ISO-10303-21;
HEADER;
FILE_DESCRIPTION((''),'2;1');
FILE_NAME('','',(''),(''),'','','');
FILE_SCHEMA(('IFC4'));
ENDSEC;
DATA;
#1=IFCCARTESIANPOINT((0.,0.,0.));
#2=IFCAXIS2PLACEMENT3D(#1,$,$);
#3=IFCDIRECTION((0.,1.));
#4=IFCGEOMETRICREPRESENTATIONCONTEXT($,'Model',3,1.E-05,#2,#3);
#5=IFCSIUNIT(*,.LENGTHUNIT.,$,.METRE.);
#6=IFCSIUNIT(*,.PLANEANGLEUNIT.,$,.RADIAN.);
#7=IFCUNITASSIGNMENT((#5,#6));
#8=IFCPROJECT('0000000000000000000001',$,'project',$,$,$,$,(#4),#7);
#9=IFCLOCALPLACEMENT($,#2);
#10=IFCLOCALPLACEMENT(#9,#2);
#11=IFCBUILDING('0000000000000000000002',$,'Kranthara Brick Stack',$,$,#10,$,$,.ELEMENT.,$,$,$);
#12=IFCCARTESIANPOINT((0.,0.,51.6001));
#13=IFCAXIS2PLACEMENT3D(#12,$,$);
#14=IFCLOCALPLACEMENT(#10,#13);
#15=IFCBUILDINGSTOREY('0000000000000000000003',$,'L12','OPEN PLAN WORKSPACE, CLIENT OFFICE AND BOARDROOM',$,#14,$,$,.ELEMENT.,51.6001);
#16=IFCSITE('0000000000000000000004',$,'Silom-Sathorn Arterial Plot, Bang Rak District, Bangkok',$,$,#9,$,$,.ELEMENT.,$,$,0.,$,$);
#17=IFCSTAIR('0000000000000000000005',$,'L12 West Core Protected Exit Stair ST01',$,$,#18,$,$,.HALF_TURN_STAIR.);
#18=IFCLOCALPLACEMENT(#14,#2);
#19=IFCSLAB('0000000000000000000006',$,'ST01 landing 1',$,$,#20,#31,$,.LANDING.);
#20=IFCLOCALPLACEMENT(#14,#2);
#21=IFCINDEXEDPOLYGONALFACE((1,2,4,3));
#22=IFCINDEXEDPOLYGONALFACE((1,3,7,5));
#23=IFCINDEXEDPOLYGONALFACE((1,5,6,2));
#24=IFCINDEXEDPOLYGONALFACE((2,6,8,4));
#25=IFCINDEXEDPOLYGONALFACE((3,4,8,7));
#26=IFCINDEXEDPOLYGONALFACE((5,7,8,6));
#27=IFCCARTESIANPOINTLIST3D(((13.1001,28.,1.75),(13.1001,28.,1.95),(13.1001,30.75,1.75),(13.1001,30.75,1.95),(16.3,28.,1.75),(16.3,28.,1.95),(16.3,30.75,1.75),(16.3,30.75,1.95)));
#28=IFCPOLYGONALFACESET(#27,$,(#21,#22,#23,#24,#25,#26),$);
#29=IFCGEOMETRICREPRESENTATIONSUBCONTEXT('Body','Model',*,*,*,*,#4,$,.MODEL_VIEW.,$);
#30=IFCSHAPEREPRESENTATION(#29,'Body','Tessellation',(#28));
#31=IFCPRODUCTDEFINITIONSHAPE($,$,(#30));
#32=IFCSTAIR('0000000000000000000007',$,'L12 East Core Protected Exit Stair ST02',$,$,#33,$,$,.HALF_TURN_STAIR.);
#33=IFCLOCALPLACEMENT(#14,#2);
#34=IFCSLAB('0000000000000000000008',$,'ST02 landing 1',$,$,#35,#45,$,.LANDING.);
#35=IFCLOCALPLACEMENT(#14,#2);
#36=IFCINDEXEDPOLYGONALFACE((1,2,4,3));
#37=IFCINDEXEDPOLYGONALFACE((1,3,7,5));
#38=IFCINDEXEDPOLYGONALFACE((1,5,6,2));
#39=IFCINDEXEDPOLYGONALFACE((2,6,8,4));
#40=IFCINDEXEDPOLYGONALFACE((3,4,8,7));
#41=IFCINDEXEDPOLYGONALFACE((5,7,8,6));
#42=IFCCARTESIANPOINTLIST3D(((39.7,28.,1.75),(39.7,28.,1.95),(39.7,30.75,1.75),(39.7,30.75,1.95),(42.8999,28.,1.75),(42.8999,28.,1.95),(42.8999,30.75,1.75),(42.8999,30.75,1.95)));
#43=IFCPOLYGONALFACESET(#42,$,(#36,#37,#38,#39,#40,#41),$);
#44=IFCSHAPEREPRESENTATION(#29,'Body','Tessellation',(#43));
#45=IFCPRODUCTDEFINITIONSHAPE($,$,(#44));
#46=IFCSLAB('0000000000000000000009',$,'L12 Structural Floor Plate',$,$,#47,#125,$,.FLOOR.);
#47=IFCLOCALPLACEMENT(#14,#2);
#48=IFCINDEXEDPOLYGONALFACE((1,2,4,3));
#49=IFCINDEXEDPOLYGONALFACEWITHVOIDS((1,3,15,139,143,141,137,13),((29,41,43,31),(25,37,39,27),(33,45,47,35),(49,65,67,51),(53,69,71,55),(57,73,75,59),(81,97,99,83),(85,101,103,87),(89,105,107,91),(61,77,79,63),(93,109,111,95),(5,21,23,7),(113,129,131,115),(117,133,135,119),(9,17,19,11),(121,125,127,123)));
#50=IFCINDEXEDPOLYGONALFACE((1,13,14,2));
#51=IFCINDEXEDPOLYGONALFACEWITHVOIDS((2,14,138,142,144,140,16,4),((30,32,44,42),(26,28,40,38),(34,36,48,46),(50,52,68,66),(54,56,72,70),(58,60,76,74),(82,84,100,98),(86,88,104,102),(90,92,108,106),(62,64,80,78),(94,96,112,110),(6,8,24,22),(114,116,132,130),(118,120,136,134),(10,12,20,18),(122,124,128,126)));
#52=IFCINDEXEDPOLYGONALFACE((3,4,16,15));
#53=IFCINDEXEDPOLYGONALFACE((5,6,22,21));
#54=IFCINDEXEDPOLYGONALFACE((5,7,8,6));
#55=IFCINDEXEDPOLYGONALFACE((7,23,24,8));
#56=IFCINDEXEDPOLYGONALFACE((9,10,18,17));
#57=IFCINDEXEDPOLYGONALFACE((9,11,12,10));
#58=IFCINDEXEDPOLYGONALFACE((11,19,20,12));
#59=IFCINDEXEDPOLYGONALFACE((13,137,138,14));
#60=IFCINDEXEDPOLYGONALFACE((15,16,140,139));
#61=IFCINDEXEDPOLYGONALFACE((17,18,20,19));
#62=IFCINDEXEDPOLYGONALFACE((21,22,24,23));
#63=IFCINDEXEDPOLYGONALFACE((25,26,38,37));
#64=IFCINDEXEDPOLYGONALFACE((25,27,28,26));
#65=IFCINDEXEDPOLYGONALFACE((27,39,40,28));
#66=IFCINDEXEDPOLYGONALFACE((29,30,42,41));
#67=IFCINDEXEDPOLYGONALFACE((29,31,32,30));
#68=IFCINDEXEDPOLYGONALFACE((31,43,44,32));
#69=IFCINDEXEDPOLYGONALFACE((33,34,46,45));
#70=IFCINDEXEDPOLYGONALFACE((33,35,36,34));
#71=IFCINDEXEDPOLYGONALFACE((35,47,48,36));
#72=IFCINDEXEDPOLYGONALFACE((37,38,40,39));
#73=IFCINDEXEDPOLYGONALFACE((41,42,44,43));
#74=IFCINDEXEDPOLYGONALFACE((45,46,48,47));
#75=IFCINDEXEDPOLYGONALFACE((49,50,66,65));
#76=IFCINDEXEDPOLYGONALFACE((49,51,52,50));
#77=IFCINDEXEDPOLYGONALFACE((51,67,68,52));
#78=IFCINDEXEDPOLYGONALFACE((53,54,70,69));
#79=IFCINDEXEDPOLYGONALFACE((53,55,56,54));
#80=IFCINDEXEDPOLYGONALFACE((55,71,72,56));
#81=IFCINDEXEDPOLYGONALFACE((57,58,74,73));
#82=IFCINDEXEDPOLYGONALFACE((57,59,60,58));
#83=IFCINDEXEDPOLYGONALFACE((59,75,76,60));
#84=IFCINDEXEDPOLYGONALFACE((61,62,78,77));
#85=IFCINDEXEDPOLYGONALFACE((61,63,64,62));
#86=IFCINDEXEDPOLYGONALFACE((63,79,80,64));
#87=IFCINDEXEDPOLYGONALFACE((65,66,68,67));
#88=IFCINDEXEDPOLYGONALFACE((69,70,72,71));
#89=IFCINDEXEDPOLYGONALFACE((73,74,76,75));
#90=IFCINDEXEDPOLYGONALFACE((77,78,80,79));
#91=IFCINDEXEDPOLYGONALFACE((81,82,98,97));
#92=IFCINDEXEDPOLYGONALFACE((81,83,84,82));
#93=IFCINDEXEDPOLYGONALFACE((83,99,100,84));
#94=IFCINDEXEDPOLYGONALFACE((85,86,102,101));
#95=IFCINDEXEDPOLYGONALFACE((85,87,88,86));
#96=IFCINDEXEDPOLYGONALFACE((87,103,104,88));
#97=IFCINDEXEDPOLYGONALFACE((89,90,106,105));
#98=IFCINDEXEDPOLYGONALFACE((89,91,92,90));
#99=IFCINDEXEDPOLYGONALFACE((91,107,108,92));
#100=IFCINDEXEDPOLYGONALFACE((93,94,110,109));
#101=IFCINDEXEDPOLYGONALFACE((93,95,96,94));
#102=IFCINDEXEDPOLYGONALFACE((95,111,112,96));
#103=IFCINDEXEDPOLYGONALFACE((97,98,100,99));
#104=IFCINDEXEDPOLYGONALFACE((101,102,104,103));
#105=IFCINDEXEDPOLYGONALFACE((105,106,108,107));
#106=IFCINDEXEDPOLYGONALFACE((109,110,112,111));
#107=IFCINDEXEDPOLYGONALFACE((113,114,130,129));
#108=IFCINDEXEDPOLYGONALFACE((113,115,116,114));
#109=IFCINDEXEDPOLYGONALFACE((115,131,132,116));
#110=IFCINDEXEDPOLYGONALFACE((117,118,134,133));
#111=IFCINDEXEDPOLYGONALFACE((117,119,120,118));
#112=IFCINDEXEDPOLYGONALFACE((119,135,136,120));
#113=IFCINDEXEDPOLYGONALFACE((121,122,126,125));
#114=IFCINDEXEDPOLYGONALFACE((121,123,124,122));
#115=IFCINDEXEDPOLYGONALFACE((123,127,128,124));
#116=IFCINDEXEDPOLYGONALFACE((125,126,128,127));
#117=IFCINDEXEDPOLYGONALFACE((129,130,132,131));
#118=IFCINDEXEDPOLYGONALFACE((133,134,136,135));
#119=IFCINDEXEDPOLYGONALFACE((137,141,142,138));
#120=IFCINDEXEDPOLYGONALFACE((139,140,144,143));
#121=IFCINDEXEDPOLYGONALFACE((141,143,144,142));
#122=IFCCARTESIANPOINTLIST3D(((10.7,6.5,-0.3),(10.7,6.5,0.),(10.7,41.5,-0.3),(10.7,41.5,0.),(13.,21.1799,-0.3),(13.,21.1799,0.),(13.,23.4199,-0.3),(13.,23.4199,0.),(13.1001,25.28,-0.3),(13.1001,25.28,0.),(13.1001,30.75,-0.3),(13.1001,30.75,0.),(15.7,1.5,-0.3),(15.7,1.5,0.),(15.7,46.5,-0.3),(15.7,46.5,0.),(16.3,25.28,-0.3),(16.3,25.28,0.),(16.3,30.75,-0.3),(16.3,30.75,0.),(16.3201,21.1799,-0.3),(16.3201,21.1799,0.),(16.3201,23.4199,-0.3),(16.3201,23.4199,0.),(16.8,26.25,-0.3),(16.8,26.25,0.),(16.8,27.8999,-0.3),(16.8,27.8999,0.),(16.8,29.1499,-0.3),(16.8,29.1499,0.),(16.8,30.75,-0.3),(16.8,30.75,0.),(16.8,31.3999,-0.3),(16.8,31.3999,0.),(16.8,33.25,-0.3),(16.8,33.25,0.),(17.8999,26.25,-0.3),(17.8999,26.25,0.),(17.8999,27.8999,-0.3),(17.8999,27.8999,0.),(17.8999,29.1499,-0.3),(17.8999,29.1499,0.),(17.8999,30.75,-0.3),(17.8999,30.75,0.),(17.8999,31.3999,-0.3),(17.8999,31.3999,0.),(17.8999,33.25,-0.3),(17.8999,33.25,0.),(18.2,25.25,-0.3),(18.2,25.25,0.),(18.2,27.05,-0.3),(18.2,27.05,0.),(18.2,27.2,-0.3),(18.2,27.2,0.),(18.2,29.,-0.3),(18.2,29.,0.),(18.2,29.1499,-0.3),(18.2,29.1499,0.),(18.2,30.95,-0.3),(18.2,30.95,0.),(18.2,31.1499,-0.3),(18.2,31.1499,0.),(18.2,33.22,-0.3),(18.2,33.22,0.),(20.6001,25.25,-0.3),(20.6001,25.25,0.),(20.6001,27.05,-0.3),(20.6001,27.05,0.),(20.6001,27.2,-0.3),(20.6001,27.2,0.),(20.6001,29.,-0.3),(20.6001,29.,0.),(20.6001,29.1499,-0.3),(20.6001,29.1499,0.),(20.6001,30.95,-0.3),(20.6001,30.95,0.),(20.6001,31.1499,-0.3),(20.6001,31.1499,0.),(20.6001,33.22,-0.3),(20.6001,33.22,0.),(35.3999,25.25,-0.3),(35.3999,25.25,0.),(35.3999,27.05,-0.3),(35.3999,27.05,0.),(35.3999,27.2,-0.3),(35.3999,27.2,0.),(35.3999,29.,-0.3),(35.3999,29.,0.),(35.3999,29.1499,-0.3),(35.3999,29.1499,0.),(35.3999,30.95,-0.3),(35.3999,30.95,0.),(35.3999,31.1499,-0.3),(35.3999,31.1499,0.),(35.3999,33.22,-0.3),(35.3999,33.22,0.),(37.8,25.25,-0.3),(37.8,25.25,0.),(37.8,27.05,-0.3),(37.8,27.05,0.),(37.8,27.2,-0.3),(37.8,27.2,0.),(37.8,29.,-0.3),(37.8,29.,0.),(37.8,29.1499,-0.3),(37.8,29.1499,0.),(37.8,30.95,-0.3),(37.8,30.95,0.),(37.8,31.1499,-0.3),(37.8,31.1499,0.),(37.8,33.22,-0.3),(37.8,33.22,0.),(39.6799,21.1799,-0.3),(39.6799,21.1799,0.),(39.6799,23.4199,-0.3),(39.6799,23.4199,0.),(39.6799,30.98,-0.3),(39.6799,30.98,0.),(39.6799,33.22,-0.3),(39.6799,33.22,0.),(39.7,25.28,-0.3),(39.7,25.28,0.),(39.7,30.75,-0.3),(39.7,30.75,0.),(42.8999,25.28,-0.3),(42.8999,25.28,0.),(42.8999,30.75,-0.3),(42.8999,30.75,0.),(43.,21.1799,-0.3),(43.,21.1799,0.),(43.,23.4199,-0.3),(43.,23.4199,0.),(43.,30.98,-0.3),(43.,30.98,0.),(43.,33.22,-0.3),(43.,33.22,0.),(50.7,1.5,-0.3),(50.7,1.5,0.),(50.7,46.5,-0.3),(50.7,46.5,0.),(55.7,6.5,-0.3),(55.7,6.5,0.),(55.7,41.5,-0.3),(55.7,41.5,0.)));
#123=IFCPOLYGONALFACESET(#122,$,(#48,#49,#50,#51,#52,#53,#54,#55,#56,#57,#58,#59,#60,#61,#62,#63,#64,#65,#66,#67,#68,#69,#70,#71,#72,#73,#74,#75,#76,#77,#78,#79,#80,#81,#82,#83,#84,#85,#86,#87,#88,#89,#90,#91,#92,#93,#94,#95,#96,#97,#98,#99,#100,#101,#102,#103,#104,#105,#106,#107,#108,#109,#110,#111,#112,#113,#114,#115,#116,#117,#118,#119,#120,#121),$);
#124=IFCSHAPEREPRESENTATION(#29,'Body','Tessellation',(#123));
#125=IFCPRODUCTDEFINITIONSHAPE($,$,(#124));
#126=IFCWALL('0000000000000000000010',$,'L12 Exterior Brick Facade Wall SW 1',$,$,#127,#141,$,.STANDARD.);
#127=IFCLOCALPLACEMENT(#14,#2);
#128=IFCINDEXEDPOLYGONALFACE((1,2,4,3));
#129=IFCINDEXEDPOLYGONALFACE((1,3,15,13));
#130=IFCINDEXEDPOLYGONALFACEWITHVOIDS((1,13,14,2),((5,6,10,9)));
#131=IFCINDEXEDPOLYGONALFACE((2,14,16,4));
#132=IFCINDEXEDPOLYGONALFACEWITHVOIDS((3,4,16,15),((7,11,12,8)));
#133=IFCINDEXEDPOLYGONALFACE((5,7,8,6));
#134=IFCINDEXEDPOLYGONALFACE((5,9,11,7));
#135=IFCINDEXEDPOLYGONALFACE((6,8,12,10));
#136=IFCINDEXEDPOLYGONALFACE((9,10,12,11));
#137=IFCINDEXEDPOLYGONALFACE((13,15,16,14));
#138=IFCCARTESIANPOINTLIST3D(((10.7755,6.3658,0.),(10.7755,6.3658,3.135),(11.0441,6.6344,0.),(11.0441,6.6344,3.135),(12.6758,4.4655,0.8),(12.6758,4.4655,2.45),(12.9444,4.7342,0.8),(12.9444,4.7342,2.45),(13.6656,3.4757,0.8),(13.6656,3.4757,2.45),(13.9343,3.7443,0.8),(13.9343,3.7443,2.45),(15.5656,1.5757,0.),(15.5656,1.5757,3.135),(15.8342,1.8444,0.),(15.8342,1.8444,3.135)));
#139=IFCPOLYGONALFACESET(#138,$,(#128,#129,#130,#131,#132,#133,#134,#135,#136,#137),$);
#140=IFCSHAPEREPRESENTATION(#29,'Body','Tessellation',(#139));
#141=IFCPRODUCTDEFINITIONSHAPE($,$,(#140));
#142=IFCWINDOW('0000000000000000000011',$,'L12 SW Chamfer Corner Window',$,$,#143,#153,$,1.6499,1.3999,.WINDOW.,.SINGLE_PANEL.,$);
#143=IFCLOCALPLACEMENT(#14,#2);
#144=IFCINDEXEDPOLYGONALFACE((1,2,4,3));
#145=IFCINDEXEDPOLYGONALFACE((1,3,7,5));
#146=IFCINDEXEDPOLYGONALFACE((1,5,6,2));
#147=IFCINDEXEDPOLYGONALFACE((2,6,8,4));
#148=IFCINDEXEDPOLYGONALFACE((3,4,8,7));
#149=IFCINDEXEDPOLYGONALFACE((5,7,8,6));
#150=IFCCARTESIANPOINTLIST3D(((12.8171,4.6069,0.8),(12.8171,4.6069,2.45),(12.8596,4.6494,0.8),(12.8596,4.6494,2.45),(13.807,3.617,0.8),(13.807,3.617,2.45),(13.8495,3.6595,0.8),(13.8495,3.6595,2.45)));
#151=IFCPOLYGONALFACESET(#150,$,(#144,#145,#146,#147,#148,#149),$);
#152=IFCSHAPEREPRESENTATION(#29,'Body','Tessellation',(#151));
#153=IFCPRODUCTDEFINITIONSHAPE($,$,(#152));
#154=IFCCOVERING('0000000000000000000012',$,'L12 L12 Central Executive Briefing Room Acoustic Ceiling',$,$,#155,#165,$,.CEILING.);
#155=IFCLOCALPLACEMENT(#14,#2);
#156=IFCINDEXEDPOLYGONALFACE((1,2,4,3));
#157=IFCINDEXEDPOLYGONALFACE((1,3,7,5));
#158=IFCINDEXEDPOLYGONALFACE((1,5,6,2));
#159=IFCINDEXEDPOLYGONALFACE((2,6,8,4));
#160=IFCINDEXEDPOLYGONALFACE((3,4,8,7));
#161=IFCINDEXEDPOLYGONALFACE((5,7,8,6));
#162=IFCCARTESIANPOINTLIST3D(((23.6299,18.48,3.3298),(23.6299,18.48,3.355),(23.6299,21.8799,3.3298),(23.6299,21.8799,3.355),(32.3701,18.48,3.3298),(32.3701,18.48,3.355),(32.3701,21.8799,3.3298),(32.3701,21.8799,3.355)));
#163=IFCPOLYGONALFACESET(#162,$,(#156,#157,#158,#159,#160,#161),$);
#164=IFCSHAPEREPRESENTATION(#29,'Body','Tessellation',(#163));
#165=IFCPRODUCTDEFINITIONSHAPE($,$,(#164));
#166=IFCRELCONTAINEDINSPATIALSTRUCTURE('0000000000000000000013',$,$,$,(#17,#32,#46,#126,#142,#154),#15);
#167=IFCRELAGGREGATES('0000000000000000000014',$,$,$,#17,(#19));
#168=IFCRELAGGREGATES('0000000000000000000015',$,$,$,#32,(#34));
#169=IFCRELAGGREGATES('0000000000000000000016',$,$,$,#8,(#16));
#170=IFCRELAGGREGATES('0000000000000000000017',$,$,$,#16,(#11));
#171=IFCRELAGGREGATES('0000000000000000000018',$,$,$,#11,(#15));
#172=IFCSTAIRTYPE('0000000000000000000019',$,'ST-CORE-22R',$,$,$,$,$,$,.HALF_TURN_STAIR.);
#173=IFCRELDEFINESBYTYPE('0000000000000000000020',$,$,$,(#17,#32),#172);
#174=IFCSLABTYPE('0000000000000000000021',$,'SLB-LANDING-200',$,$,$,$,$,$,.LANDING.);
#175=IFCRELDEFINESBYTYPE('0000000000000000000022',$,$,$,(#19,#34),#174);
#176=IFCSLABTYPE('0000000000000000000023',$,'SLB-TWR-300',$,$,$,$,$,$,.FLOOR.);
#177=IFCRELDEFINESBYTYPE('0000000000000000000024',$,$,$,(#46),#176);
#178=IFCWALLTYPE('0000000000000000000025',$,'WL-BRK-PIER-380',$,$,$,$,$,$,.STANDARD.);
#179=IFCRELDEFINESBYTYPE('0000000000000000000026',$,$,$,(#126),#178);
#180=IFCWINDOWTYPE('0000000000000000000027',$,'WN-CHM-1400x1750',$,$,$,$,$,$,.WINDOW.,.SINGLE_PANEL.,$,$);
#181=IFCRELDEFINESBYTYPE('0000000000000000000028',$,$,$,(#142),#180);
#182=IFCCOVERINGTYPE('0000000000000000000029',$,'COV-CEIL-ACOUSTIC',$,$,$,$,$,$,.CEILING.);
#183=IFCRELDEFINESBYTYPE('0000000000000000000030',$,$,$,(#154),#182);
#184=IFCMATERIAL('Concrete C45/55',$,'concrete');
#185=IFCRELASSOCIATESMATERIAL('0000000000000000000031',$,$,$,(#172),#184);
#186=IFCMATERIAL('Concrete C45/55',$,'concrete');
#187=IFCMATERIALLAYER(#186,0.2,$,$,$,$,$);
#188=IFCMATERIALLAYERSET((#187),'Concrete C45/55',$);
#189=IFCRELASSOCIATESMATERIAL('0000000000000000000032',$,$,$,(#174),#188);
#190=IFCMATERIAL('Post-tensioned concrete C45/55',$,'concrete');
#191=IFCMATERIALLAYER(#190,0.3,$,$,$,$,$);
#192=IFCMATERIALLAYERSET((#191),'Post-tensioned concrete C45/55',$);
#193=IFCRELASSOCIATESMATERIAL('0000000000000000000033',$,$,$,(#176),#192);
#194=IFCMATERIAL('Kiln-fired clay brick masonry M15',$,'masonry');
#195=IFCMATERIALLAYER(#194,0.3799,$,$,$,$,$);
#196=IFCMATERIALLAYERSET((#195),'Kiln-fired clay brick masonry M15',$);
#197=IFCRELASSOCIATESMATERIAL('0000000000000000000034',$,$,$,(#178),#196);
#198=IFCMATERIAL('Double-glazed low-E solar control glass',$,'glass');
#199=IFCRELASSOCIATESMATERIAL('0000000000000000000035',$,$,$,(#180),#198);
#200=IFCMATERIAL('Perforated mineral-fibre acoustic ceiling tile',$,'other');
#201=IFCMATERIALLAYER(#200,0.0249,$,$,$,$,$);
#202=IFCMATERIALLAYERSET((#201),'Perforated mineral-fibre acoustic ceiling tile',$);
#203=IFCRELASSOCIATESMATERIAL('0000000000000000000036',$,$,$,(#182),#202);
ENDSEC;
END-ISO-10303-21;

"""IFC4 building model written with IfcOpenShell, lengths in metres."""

from ifc_helpers import new_model, si_unit, direction, frame, frame_2d, origin, place, context, subcontext, project, spatial, polyline, rectangle, outline, extrude, material, layer, layer_set, type_object, element, fill, aggregate, save


model = new_model("IFC4")

# Units and contexts
model_context = context("Model", 3, precision=1e-05, world=origin(), true_north=direction((0.0, 1.0)))
body_context = subcontext(model_context, "Body", "Model", "MODEL_VIEW")
ifc_project = project(units=[si_unit("LENGTHUNIT", "METRE"), si_unit("PLANEANGLEUNIT", "RADIAN")], contexts=[model_context])

# Site, building, storey
site_placement = place(None, origin())
site = spatial("IfcSite", under=ifc_project, at=site_placement, Name="Silom-Sathorn Arterial Plot, Bang Rak District, Bangkok", CompositionType="ELEMENT", RefElevation=0.0)
building_placement = place(site_placement, origin())
building = spatial("IfcBuilding", under=site, at=building_placement, Name="Kranthara Brick Stack", CompositionType="ELEMENT")
storey_placement = place(building_placement, frame((0.0, 0.0, 51.6001)))
storey = spatial("IfcBuildingStorey", under=building, at=storey_placement, Name="L12", Description="OPEN PLAN WORKSPACE, CLIENT OFFICE AND BOARDROOM", CompositionType="ELEMENT", Elevation=51.6001)

# Stairs, slabs
ifc_material_1 = material(Name="Concrete C45/55", Category="concrete")
stair_type = type_object("IfcStairType", Name="ST-CORE-22R", PredefinedType="HALF_TURN_STAIR", material=ifc_material_1)
stair_1_placement = place(storey_placement, origin())
stair_1 = element("IfcStair", 1, at=stair_1_placement, inside=storey, type_object=stair_type, Name="L12 West Core Protected Exit Stair ST01", PredefinedType="HALF_TURN_STAIR")
ifc_material_2 = material(Name="Concrete C45/55", Category="concrete")
ifc_layer_1 = layer(ifc_material_2, 0.2)
ifc_layer_set_1 = layer_set([ifc_layer_1], Name="Concrete C45/55")
slab_type_1 = type_object("IfcSlabType", Name="SLB-LANDING-200", PredefinedType="LANDING", material=ifc_layer_set_1)
slab_1_placement = place(storey_placement, frame((0.0, 0.0, 1.75)))
slab_1 = element("IfcSlab", 2, at=slab_1_placement, type_object=slab_type_1, Name="ST01 landing 1", PredefinedType="LANDING", context=body_context, shape_type="SweptSolid", body=[
    extrude(outline(polyline([(16.3, 28.0), (16.3, 30.75), (13.1001, 30.75), (13.1001, 28.0), (16.3, 28.0)])), origin(), (0.0, 0.0, 1.0), 0.2),
])
aggregate(stair_1, [slab_1])
stair_2_placement = place(storey_placement, origin())
stair_2 = element("IfcStair", 3, at=stair_2_placement, inside=storey, type_object=stair_type, Name="L12 East Core Protected Exit Stair ST02", PredefinedType="HALF_TURN_STAIR")
slab_2_placement = place(storey_placement, frame((0.0, 0.0, 1.75)))
slab_2 = element("IfcSlab", 4, at=slab_2_placement, type_object=slab_type_1, Name="ST02 landing 1", PredefinedType="LANDING", context=body_context, shape_type="SweptSolid", body=[
    extrude(outline(polyline([(42.8999, 28.0), (42.8999, 30.75), (39.7, 30.75), (39.7, 28.0), (42.8999, 28.0)])), origin(), (0.0, 0.0, 1.0), 0.2),
])
aggregate(stair_2, [slab_2])

# Slab
ifc_material_3 = material(Name="Post-tensioned concrete C45/55", Category="concrete")
ifc_layer_2 = layer(ifc_material_3, 0.3)
ifc_layer_set_2 = layer_set([ifc_layer_2], Name="Post-tensioned concrete C45/55")
slab_type_2 = type_object("IfcSlabType", Name="SLB-TWR-300", PredefinedType="FLOOR", material=ifc_layer_set_2)
slab_3_placement = place(storey_placement, frame((0.0, 0.0, -0.3)))
element("IfcSlab", 5, at=slab_3_placement, inside=storey, type_object=slab_type_2, Name="L12 Structural Floor Plate", PredefinedType="FLOOR", context=body_context, shape_type="SweptSolid", body=[
    extrude(outline(polyline([(15.7, 1.5), (50.7, 1.5), (55.7, 6.5), (55.7, 41.5), (50.7, 46.5), (15.7, 46.5), (10.7, 41.5), (10.7, 6.5), (15.7, 1.5)]), holes=[polyline([(13.1001, 25.28), (16.3, 25.28), (16.3, 30.75), (13.1001, 30.75), (13.1001, 25.28)]), polyline([(39.7, 25.28), (42.8999, 25.28), (42.8999, 30.75), (39.7, 30.75), (39.7, 25.28)]), polyline([(13.0, 21.1799), (16.3201, 21.1799), (16.3201, 23.4199), (13.0, 23.4199), (13.0, 21.1799)]), polyline([(39.6799, 21.1799), (43.0, 21.1799), (43.0, 23.4199), (39.6799, 23.4199), (39.6799, 21.1799)]), polyline([(39.6799, 30.98), (43.0, 30.98), (43.0, 33.22), (39.6799, 33.22), (39.6799, 30.98)]), polyline([(18.2, 25.25), (20.6001, 25.25), (20.6001, 27.05), (18.2, 27.05), (18.2, 25.25)]), polyline([(18.2, 27.2), (20.6001, 27.2), (20.6001, 29.0), (18.2, 29.0), (18.2, 27.2)]), polyline([(18.2, 29.1499), (20.6001, 29.1499), (20.6001, 30.95), (18.2, 30.95), (18.2, 29.1499)]), polyline([(35.3999, 25.25), (37.8, 25.25), (37.8, 27.05), (35.3999, 27.05), (35.3999, 25.25)]), polyline([(35.3999, 27.2), (37.8, 27.2), (37.8, 29.0), (35.3999, 29.0), (35.3999, 27.2)]), polyline([(35.3999, 29.1499), (37.8, 29.1499), (37.8, 30.95), (35.3999, 30.95), (35.3999, 29.1499)]), polyline([(18.2, 31.1499), (20.6001, 31.1499), (20.6001, 33.22), (18.2, 33.22), (18.2, 31.1499)]), polyline([(35.3999, 31.1499), (37.8, 31.1499), (37.8, 33.22), (35.3999, 33.22), (35.3999, 31.1499)]), polyline([(16.8, 26.25), (17.8999, 26.25), (17.8999, 27.8999), (16.8, 27.8999), (16.8, 26.25)]), polyline([(16.8, 29.1499), (17.8999, 29.1499), (17.8999, 30.75), (16.8, 30.75), (16.8, 29.1499)]), polyline([(16.8, 31.3999), (17.8999, 31.3999), (17.8999, 33.25), (16.8, 33.25), (16.8, 31.3999)])]), origin(), (0.0, 0.0, 1.0), 0.3),
])

# Wall, opening, window
ifc_material_4 = material(Name="Kiln-fired clay brick masonry M15", Category="masonry")
ifc_layer_3 = layer(ifc_material_4, 0.3799)
ifc_layer_set_3 = layer_set([ifc_layer_3], Name="Kiln-fired clay brick masonry M15")
wall_type = type_object("IfcWallType", Name="WL-BRK-PIER-380", PredefinedType="STANDARD", material=ifc_layer_set_3)
wall_placement = place(storey_placement, frame((15.7, 1.71, 0.0), z_axis=(0.0, 0.0, 1.0), x_axis=(-0.707107, 0.707107, 0.0)))
wall = element("IfcWall", 6, at=wall_placement, inside=storey, type_object=wall_type, Name="L12 Exterior Brick Facade Wall SW 1", PredefinedType="STANDARD", context=body_context, shape_type="SweptSolid", body=[
    extrude(rectangle(XDim=6.7742, YDim=0.3799, at=frame_2d((3.3872, 0.0))), origin(), (0.0, 0.0, 1.0), 3.135),
])
opening_placement = place(wall_placement, frame((2.687, 0.0, 0.8)))
opening = element("IfcOpeningElement", 7, at=opening_placement, cuts=wall, PredefinedType="OPENING", context=body_context, shape_type="SweptSolid", body=[
    extrude(rectangle(XDim=1.3999, YDim=1.6499, at=frame_2d((0.7, 0.825))), frame((0.0, 0.2, 0.0), z_axis=(0.0, -1.0, 0.0), x_axis=(1.0, 0.0, 0.0)), (0.0, 0.0, 1.0), 0.3999),
])
ifc_material_5 = material(Name="Double-glazed low-E solar control glass", Category="glass")
window_type = type_object("IfcWindowType", Name="WN-CHM-1400x1750", PartitioningType="SINGLE_PANEL", PredefinedType="WINDOW", material=ifc_material_5)
window_placement = place(opening_placement, origin())
window = element("IfcWindow", 8, at=window_placement, inside=storey, type_object=window_type, Name="L12 SW Chamfer Corner Window", OverallHeight=1.6499, OverallWidth=1.3999, PartitioningType="SINGLE_PANEL", PredefinedType="WINDOW", context=body_context, shape_type="SweptSolid", body=[
    extrude(rectangle(XDim=1.3999, YDim=1.6499, at=frame_2d((0.7, 0.825))), frame((0.0, -0.01, 0.0), z_axis=(0.0, -1.0, 0.0), x_axis=(1.0, 0.0, 0.0)), (0.0, 0.0, 1.0), 0.0601),
])
fill(opening, window)

# Covering
ifc_material_6 = material(Name="Perforated mineral-fibre acoustic ceiling tile", Category="other")
ifc_layer_4 = layer(ifc_material_6, 0.0249)
ifc_layer_set_4 = layer_set([ifc_layer_4], Name="Perforated mineral-fibre acoustic ceiling tile")
covering_type_1 = type_object("IfcCoveringType", Name="COV-CEIL-ACOUSTIC", PredefinedType="CEILING", material=ifc_layer_set_4)
covering_1_placement = place(storey_placement, frame((0.0, 0.0, 3.3298)))
element("IfcCovering", 9, at=covering_1_placement, inside=storey, type_object=covering_type_1, Name="L12 L12 Central Executive Briefing Room Acoustic Ceiling", PredefinedType="CEILING", context=body_context, shape_type="SweptSolid", body=[
    extrude(outline(polyline([(32.3701, 18.48), (32.3701, 21.8799), (23.6299, 21.8799), (23.6299, 18.48), (32.3701, 18.48)])), origin(), (0.0, 0.0, 1.0), 0.0251),
])

save(model, "model.ifc")
